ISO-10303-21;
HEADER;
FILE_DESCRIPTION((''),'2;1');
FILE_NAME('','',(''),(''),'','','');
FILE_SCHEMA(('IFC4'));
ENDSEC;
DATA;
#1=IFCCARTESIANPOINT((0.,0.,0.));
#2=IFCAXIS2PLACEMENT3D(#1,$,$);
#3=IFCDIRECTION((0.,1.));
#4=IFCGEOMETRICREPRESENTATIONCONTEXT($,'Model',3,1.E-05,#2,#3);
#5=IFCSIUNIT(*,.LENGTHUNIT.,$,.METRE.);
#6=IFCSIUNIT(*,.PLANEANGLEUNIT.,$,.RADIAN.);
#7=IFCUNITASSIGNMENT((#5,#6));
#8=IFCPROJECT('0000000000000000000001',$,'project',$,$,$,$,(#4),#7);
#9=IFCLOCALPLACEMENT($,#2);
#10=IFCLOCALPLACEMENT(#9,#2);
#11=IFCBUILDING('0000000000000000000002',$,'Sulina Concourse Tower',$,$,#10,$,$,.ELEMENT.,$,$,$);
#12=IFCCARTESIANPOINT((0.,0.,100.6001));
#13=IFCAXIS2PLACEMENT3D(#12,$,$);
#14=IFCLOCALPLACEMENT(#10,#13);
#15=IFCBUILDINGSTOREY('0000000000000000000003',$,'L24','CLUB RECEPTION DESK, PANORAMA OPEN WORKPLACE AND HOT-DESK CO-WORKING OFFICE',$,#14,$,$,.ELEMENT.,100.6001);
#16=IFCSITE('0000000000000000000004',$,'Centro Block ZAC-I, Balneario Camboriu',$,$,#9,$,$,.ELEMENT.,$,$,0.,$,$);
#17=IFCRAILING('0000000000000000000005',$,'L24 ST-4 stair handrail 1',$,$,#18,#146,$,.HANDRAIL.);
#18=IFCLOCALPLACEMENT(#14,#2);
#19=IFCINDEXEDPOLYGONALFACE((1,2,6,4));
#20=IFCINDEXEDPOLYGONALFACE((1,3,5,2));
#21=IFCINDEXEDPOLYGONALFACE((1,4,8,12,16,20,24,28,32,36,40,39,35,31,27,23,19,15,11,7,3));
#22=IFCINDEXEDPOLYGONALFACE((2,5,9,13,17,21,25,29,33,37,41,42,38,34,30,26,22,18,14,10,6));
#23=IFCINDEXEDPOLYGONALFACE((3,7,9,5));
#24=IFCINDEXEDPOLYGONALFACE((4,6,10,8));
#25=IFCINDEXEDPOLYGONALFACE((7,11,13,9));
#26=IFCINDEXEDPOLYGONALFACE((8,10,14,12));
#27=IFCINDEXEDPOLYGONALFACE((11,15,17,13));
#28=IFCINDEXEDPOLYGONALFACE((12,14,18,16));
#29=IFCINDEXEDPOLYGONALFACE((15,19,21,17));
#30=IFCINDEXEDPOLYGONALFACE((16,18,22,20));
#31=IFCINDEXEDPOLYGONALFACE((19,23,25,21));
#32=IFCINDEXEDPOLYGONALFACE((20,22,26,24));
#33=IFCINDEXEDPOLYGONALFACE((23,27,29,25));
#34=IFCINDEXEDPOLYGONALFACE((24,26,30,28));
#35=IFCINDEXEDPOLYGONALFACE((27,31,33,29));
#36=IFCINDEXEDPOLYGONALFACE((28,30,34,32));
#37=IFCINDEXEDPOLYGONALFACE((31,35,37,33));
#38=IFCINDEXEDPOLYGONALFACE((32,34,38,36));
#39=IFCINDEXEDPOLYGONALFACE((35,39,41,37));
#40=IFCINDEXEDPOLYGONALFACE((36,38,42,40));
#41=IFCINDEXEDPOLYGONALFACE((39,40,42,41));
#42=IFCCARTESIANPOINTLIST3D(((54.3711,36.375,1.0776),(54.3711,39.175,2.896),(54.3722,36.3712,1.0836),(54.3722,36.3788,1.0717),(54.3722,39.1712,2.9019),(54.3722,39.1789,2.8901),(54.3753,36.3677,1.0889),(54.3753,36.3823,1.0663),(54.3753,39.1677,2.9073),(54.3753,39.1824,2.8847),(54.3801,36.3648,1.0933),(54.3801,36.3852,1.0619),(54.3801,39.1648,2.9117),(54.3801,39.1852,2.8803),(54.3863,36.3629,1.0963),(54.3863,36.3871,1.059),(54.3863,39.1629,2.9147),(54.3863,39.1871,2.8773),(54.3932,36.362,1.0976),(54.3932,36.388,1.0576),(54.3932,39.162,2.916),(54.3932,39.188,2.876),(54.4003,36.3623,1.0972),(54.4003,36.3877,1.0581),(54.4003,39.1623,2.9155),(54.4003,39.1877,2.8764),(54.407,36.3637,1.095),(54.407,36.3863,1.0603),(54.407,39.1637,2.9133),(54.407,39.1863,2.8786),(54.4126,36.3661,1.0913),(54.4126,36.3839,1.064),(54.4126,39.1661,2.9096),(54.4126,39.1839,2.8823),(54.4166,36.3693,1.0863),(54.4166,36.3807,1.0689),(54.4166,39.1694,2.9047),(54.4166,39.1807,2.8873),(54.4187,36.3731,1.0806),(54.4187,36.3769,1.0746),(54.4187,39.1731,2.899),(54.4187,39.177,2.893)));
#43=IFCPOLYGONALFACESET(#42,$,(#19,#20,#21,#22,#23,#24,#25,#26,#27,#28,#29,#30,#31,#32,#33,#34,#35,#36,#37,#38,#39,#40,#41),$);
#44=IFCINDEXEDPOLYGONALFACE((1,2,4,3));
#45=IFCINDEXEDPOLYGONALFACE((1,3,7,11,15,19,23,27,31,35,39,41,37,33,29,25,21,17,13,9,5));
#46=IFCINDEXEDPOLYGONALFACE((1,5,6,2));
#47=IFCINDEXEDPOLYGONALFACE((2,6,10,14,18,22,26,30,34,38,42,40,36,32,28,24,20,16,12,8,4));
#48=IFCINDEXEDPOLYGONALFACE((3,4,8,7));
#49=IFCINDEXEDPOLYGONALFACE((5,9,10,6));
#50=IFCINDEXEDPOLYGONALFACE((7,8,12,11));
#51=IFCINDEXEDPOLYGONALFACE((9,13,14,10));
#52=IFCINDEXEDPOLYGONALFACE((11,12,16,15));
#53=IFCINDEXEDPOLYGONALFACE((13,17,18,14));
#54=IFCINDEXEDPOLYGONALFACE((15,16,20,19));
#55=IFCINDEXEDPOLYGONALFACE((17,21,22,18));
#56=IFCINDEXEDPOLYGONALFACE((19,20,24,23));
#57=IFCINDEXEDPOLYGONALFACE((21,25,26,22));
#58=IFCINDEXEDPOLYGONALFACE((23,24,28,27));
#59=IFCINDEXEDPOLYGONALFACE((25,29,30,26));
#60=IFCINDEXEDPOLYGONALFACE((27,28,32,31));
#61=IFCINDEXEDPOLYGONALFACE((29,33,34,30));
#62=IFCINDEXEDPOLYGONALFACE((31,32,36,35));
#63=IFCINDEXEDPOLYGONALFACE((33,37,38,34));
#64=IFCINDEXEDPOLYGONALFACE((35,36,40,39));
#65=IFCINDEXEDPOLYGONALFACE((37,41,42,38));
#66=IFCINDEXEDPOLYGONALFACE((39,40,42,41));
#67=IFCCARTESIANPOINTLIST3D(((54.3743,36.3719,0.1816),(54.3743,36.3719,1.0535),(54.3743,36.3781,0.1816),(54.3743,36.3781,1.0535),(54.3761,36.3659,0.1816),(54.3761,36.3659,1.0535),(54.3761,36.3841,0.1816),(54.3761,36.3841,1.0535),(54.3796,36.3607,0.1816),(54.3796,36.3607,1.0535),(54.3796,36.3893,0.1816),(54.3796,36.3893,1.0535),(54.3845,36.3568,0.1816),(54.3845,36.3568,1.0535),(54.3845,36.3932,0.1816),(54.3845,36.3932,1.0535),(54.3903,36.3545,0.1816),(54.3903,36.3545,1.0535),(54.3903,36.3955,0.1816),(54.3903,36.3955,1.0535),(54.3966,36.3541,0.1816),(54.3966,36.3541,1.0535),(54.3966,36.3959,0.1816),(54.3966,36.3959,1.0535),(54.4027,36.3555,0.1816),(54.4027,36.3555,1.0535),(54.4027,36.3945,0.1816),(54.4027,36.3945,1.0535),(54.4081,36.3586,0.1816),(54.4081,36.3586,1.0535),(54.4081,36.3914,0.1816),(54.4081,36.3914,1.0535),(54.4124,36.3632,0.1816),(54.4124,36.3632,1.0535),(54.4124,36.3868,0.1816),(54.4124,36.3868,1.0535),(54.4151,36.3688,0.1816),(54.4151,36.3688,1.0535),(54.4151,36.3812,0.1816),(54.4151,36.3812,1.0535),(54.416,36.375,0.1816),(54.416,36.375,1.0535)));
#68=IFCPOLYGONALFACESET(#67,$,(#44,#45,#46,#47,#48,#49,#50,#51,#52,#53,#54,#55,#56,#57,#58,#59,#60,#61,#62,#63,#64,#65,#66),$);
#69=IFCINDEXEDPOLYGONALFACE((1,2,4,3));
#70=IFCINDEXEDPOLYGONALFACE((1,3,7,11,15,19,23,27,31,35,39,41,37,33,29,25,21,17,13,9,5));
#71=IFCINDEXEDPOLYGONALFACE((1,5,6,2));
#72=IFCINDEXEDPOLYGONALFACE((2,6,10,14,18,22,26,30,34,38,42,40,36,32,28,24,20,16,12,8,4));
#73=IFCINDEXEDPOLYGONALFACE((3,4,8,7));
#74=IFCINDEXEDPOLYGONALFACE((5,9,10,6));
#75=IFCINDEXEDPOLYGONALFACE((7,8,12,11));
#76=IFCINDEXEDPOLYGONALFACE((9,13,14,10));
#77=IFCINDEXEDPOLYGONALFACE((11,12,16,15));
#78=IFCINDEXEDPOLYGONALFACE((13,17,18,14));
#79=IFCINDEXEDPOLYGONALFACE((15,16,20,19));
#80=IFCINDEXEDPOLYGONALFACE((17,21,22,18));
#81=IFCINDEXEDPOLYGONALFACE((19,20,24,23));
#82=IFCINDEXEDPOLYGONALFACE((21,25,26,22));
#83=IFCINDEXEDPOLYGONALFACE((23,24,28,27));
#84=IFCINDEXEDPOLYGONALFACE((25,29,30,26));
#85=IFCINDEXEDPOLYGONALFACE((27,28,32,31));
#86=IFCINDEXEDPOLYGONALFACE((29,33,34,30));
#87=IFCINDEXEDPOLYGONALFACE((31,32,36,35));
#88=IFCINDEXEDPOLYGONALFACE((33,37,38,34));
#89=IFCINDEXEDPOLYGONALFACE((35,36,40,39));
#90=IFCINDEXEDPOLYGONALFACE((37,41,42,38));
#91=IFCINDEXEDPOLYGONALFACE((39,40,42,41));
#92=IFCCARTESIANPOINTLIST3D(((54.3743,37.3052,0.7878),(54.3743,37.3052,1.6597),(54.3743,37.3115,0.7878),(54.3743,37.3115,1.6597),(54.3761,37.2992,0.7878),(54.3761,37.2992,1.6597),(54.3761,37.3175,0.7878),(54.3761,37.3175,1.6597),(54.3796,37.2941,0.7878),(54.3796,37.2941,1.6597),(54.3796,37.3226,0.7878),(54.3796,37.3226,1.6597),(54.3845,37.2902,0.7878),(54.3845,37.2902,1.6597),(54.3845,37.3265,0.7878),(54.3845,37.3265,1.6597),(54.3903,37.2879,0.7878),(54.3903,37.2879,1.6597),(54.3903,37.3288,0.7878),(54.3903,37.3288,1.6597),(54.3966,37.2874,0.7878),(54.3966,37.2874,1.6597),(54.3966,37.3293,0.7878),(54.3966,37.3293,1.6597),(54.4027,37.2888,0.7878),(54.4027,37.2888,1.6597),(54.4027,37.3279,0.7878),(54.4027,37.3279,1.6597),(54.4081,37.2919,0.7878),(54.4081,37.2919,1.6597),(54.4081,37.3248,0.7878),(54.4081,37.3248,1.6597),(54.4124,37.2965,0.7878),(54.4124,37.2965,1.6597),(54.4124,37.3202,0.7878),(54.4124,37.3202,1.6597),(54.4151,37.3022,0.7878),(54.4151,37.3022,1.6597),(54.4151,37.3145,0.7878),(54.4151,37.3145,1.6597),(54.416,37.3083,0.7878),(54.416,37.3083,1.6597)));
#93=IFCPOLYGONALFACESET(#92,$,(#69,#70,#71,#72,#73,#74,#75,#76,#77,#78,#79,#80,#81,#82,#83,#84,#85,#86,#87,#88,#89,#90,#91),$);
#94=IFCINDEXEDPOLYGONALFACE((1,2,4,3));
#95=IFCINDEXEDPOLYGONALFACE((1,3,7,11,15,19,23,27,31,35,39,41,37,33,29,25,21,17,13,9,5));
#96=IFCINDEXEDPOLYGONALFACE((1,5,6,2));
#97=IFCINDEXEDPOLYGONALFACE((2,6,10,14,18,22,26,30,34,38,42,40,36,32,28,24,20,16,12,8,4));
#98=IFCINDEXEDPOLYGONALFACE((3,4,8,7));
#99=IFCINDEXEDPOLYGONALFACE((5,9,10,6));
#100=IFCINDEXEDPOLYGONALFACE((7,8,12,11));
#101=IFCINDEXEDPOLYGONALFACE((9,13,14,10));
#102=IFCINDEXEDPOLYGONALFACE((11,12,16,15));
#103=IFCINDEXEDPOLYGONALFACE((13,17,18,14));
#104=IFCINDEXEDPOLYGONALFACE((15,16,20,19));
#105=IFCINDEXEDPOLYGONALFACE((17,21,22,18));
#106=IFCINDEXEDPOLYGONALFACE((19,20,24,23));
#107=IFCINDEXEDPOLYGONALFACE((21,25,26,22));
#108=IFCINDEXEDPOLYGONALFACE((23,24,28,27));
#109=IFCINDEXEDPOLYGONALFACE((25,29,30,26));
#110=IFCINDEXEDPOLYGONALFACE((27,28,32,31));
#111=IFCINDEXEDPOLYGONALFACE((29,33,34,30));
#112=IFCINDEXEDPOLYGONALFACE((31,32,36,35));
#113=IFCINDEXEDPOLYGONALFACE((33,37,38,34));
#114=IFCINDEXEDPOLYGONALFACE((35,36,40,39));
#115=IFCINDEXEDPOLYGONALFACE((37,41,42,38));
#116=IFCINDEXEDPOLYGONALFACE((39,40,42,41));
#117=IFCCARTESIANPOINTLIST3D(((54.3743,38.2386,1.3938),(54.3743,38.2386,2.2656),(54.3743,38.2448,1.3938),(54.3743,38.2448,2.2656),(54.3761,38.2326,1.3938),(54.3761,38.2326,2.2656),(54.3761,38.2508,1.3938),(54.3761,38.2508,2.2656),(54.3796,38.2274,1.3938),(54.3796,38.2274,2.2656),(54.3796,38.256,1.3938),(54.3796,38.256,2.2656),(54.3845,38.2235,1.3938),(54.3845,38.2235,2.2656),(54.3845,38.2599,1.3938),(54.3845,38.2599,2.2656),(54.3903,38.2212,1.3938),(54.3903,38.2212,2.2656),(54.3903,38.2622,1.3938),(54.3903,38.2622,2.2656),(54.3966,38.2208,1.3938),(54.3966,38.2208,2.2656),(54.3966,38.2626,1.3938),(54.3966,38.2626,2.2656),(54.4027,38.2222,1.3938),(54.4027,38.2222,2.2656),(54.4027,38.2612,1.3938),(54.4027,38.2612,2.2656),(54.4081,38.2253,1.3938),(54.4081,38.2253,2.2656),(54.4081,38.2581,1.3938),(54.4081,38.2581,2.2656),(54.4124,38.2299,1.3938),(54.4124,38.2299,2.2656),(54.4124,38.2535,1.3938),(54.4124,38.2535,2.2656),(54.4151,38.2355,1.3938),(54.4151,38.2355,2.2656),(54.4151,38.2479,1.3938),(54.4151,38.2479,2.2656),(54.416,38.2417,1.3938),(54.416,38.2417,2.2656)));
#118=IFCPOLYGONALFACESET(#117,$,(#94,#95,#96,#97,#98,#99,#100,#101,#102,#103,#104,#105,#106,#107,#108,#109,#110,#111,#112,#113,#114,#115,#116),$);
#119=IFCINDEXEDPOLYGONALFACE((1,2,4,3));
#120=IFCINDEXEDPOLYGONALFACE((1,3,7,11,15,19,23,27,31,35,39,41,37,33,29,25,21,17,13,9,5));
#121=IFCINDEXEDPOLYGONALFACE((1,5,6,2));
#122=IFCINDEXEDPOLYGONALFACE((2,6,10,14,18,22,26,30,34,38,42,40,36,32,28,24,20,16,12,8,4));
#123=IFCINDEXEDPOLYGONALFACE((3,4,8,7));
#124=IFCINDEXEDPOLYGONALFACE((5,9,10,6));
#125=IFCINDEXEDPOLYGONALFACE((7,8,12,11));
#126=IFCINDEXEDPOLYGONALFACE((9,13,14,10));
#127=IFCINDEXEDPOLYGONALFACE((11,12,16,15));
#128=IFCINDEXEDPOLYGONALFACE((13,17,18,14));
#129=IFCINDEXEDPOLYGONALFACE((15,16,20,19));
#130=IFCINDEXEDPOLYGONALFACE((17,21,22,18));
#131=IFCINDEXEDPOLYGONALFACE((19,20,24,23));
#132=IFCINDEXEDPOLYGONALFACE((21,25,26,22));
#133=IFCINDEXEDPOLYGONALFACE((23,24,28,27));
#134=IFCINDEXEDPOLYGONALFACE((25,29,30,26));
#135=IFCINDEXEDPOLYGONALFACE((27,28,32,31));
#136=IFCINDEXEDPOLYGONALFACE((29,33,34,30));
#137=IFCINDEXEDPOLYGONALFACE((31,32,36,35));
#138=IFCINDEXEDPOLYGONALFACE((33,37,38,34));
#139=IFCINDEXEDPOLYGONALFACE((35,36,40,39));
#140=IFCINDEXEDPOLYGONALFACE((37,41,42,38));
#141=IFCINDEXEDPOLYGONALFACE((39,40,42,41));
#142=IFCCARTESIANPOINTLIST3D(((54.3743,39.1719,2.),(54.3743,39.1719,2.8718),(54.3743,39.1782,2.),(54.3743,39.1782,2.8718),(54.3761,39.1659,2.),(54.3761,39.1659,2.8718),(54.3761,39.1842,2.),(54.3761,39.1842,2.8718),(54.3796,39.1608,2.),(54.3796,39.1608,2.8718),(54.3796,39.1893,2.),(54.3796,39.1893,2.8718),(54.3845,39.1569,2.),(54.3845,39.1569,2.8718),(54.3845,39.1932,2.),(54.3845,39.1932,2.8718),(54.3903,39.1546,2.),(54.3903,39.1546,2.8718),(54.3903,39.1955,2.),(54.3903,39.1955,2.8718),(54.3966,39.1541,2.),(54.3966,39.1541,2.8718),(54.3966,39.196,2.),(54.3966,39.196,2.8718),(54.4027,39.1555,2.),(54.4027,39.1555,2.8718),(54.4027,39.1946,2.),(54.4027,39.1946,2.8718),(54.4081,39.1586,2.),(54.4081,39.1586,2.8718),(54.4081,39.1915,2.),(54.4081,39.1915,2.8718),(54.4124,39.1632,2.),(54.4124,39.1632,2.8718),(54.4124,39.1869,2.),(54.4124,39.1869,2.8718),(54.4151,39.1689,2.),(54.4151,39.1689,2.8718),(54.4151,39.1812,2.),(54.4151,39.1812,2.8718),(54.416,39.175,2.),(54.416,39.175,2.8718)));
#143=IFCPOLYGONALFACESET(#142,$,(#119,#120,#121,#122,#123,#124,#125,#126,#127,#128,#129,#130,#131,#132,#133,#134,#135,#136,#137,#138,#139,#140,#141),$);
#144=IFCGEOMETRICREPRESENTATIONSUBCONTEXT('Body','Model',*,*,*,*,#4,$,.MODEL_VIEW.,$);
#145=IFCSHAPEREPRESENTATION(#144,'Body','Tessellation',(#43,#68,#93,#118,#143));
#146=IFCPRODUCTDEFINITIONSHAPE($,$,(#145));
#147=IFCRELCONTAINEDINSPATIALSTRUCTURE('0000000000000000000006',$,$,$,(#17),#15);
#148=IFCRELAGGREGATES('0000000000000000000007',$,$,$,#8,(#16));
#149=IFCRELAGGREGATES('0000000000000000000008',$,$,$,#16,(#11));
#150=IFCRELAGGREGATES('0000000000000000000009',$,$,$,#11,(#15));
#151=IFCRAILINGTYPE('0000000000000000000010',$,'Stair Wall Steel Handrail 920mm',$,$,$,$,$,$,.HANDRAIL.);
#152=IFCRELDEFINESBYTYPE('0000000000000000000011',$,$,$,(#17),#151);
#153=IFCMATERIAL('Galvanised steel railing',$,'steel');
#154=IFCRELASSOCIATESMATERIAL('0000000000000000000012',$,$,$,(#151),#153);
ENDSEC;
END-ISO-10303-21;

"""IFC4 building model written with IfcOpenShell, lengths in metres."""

from ifc_helpers import new_model, si_unit, direction, frame, origin, origin_2d, place, context, subcontext, project, spatial, circle, extrude, material, type_object, element, save


model = new_model("IFC4")

# Units and contexts
model_context = context("Model", 3, precision=1e-05, world=origin(), true_north=direction((0.0, 1.0)))
body_context = subcontext(model_context, "Body", "Model", "MODEL_VIEW")
ifc_project = project(units=[si_unit("LENGTHUNIT", "METRE"), si_unit("PLANEANGLEUNIT", "RADIAN")], contexts=[model_context])

# Site, building, storey
site_placement = place(None, origin())
site = spatial("IfcSite", under=ifc_project, at=site_placement, Name="Centro Block ZAC-I, Balneario Camboriu", CompositionType="ELEMENT", RefElevation=0.0)
building_placement = place(site_placement, origin())
building = spatial("IfcBuilding", under=site, at=building_placement, Name="Sulina Concourse Tower", CompositionType="ELEMENT")
storey_placement = place(building_placement, frame((0.0, 0.0, 100.6001)))
storey = spatial("IfcBuildingStorey", under=building, at=storey_placement, Name="L24", Description="CLUB RECEPTION DESK, PANORAMA OPEN WORKPLACE AND HOT-DESK CO-WORKING OFFICE", CompositionType="ELEMENT", Elevation=100.6001)

# Railing
ifc_material_1 = material(Name="Galvanised steel railing", Category="steel")
railing_type_1 = type_object("IfcRailingType", Name="Stair Wall Steel Handrail 920mm", PredefinedType="HANDRAIL", material=ifc_material_1)
railing_1_placement = place(storey_placement, frame((54.395, 36.375, 0.1816)))
element("IfcRailing", 1, at=railing_1_placement, inside=storey, type_object=railing_type_1, Name="L24 ST-4 stair handrail 1", PredefinedType="HANDRAIL", context=body_context, shape_type="SweptSolid", body=[
    extrude(circle(Radius=0.0239, at=origin_2d()), frame((0.0, 0.0, 0.896), z_axis=(0.0, 0.838672, 0.544636), x_axis=(-1.0, 0.0, 0.0)), (0.0, 0.0, 1.0), 3.3386),
    extrude(circle(Radius=0.021, at=origin_2d()), origin(), (0.0, 0.0, 1.0), 0.8718),
    extrude(circle(Radius=0.021, at=origin_2d()), frame((0.0, 0.9333, 0.6062)), (0.0, 0.0, 1.0), 0.8718),
    extrude(circle(Radius=0.021, at=origin_2d()), frame((0.0, 1.8667, 1.2122)), (0.0, 0.0, 1.0), 0.8718),
    extrude(circle(Radius=0.021, at=origin_2d()), frame((0.0, 2.8, 1.8184)), (0.0, 0.0, 1.0), 0.8718),
])

save(model, "model.ifc")
